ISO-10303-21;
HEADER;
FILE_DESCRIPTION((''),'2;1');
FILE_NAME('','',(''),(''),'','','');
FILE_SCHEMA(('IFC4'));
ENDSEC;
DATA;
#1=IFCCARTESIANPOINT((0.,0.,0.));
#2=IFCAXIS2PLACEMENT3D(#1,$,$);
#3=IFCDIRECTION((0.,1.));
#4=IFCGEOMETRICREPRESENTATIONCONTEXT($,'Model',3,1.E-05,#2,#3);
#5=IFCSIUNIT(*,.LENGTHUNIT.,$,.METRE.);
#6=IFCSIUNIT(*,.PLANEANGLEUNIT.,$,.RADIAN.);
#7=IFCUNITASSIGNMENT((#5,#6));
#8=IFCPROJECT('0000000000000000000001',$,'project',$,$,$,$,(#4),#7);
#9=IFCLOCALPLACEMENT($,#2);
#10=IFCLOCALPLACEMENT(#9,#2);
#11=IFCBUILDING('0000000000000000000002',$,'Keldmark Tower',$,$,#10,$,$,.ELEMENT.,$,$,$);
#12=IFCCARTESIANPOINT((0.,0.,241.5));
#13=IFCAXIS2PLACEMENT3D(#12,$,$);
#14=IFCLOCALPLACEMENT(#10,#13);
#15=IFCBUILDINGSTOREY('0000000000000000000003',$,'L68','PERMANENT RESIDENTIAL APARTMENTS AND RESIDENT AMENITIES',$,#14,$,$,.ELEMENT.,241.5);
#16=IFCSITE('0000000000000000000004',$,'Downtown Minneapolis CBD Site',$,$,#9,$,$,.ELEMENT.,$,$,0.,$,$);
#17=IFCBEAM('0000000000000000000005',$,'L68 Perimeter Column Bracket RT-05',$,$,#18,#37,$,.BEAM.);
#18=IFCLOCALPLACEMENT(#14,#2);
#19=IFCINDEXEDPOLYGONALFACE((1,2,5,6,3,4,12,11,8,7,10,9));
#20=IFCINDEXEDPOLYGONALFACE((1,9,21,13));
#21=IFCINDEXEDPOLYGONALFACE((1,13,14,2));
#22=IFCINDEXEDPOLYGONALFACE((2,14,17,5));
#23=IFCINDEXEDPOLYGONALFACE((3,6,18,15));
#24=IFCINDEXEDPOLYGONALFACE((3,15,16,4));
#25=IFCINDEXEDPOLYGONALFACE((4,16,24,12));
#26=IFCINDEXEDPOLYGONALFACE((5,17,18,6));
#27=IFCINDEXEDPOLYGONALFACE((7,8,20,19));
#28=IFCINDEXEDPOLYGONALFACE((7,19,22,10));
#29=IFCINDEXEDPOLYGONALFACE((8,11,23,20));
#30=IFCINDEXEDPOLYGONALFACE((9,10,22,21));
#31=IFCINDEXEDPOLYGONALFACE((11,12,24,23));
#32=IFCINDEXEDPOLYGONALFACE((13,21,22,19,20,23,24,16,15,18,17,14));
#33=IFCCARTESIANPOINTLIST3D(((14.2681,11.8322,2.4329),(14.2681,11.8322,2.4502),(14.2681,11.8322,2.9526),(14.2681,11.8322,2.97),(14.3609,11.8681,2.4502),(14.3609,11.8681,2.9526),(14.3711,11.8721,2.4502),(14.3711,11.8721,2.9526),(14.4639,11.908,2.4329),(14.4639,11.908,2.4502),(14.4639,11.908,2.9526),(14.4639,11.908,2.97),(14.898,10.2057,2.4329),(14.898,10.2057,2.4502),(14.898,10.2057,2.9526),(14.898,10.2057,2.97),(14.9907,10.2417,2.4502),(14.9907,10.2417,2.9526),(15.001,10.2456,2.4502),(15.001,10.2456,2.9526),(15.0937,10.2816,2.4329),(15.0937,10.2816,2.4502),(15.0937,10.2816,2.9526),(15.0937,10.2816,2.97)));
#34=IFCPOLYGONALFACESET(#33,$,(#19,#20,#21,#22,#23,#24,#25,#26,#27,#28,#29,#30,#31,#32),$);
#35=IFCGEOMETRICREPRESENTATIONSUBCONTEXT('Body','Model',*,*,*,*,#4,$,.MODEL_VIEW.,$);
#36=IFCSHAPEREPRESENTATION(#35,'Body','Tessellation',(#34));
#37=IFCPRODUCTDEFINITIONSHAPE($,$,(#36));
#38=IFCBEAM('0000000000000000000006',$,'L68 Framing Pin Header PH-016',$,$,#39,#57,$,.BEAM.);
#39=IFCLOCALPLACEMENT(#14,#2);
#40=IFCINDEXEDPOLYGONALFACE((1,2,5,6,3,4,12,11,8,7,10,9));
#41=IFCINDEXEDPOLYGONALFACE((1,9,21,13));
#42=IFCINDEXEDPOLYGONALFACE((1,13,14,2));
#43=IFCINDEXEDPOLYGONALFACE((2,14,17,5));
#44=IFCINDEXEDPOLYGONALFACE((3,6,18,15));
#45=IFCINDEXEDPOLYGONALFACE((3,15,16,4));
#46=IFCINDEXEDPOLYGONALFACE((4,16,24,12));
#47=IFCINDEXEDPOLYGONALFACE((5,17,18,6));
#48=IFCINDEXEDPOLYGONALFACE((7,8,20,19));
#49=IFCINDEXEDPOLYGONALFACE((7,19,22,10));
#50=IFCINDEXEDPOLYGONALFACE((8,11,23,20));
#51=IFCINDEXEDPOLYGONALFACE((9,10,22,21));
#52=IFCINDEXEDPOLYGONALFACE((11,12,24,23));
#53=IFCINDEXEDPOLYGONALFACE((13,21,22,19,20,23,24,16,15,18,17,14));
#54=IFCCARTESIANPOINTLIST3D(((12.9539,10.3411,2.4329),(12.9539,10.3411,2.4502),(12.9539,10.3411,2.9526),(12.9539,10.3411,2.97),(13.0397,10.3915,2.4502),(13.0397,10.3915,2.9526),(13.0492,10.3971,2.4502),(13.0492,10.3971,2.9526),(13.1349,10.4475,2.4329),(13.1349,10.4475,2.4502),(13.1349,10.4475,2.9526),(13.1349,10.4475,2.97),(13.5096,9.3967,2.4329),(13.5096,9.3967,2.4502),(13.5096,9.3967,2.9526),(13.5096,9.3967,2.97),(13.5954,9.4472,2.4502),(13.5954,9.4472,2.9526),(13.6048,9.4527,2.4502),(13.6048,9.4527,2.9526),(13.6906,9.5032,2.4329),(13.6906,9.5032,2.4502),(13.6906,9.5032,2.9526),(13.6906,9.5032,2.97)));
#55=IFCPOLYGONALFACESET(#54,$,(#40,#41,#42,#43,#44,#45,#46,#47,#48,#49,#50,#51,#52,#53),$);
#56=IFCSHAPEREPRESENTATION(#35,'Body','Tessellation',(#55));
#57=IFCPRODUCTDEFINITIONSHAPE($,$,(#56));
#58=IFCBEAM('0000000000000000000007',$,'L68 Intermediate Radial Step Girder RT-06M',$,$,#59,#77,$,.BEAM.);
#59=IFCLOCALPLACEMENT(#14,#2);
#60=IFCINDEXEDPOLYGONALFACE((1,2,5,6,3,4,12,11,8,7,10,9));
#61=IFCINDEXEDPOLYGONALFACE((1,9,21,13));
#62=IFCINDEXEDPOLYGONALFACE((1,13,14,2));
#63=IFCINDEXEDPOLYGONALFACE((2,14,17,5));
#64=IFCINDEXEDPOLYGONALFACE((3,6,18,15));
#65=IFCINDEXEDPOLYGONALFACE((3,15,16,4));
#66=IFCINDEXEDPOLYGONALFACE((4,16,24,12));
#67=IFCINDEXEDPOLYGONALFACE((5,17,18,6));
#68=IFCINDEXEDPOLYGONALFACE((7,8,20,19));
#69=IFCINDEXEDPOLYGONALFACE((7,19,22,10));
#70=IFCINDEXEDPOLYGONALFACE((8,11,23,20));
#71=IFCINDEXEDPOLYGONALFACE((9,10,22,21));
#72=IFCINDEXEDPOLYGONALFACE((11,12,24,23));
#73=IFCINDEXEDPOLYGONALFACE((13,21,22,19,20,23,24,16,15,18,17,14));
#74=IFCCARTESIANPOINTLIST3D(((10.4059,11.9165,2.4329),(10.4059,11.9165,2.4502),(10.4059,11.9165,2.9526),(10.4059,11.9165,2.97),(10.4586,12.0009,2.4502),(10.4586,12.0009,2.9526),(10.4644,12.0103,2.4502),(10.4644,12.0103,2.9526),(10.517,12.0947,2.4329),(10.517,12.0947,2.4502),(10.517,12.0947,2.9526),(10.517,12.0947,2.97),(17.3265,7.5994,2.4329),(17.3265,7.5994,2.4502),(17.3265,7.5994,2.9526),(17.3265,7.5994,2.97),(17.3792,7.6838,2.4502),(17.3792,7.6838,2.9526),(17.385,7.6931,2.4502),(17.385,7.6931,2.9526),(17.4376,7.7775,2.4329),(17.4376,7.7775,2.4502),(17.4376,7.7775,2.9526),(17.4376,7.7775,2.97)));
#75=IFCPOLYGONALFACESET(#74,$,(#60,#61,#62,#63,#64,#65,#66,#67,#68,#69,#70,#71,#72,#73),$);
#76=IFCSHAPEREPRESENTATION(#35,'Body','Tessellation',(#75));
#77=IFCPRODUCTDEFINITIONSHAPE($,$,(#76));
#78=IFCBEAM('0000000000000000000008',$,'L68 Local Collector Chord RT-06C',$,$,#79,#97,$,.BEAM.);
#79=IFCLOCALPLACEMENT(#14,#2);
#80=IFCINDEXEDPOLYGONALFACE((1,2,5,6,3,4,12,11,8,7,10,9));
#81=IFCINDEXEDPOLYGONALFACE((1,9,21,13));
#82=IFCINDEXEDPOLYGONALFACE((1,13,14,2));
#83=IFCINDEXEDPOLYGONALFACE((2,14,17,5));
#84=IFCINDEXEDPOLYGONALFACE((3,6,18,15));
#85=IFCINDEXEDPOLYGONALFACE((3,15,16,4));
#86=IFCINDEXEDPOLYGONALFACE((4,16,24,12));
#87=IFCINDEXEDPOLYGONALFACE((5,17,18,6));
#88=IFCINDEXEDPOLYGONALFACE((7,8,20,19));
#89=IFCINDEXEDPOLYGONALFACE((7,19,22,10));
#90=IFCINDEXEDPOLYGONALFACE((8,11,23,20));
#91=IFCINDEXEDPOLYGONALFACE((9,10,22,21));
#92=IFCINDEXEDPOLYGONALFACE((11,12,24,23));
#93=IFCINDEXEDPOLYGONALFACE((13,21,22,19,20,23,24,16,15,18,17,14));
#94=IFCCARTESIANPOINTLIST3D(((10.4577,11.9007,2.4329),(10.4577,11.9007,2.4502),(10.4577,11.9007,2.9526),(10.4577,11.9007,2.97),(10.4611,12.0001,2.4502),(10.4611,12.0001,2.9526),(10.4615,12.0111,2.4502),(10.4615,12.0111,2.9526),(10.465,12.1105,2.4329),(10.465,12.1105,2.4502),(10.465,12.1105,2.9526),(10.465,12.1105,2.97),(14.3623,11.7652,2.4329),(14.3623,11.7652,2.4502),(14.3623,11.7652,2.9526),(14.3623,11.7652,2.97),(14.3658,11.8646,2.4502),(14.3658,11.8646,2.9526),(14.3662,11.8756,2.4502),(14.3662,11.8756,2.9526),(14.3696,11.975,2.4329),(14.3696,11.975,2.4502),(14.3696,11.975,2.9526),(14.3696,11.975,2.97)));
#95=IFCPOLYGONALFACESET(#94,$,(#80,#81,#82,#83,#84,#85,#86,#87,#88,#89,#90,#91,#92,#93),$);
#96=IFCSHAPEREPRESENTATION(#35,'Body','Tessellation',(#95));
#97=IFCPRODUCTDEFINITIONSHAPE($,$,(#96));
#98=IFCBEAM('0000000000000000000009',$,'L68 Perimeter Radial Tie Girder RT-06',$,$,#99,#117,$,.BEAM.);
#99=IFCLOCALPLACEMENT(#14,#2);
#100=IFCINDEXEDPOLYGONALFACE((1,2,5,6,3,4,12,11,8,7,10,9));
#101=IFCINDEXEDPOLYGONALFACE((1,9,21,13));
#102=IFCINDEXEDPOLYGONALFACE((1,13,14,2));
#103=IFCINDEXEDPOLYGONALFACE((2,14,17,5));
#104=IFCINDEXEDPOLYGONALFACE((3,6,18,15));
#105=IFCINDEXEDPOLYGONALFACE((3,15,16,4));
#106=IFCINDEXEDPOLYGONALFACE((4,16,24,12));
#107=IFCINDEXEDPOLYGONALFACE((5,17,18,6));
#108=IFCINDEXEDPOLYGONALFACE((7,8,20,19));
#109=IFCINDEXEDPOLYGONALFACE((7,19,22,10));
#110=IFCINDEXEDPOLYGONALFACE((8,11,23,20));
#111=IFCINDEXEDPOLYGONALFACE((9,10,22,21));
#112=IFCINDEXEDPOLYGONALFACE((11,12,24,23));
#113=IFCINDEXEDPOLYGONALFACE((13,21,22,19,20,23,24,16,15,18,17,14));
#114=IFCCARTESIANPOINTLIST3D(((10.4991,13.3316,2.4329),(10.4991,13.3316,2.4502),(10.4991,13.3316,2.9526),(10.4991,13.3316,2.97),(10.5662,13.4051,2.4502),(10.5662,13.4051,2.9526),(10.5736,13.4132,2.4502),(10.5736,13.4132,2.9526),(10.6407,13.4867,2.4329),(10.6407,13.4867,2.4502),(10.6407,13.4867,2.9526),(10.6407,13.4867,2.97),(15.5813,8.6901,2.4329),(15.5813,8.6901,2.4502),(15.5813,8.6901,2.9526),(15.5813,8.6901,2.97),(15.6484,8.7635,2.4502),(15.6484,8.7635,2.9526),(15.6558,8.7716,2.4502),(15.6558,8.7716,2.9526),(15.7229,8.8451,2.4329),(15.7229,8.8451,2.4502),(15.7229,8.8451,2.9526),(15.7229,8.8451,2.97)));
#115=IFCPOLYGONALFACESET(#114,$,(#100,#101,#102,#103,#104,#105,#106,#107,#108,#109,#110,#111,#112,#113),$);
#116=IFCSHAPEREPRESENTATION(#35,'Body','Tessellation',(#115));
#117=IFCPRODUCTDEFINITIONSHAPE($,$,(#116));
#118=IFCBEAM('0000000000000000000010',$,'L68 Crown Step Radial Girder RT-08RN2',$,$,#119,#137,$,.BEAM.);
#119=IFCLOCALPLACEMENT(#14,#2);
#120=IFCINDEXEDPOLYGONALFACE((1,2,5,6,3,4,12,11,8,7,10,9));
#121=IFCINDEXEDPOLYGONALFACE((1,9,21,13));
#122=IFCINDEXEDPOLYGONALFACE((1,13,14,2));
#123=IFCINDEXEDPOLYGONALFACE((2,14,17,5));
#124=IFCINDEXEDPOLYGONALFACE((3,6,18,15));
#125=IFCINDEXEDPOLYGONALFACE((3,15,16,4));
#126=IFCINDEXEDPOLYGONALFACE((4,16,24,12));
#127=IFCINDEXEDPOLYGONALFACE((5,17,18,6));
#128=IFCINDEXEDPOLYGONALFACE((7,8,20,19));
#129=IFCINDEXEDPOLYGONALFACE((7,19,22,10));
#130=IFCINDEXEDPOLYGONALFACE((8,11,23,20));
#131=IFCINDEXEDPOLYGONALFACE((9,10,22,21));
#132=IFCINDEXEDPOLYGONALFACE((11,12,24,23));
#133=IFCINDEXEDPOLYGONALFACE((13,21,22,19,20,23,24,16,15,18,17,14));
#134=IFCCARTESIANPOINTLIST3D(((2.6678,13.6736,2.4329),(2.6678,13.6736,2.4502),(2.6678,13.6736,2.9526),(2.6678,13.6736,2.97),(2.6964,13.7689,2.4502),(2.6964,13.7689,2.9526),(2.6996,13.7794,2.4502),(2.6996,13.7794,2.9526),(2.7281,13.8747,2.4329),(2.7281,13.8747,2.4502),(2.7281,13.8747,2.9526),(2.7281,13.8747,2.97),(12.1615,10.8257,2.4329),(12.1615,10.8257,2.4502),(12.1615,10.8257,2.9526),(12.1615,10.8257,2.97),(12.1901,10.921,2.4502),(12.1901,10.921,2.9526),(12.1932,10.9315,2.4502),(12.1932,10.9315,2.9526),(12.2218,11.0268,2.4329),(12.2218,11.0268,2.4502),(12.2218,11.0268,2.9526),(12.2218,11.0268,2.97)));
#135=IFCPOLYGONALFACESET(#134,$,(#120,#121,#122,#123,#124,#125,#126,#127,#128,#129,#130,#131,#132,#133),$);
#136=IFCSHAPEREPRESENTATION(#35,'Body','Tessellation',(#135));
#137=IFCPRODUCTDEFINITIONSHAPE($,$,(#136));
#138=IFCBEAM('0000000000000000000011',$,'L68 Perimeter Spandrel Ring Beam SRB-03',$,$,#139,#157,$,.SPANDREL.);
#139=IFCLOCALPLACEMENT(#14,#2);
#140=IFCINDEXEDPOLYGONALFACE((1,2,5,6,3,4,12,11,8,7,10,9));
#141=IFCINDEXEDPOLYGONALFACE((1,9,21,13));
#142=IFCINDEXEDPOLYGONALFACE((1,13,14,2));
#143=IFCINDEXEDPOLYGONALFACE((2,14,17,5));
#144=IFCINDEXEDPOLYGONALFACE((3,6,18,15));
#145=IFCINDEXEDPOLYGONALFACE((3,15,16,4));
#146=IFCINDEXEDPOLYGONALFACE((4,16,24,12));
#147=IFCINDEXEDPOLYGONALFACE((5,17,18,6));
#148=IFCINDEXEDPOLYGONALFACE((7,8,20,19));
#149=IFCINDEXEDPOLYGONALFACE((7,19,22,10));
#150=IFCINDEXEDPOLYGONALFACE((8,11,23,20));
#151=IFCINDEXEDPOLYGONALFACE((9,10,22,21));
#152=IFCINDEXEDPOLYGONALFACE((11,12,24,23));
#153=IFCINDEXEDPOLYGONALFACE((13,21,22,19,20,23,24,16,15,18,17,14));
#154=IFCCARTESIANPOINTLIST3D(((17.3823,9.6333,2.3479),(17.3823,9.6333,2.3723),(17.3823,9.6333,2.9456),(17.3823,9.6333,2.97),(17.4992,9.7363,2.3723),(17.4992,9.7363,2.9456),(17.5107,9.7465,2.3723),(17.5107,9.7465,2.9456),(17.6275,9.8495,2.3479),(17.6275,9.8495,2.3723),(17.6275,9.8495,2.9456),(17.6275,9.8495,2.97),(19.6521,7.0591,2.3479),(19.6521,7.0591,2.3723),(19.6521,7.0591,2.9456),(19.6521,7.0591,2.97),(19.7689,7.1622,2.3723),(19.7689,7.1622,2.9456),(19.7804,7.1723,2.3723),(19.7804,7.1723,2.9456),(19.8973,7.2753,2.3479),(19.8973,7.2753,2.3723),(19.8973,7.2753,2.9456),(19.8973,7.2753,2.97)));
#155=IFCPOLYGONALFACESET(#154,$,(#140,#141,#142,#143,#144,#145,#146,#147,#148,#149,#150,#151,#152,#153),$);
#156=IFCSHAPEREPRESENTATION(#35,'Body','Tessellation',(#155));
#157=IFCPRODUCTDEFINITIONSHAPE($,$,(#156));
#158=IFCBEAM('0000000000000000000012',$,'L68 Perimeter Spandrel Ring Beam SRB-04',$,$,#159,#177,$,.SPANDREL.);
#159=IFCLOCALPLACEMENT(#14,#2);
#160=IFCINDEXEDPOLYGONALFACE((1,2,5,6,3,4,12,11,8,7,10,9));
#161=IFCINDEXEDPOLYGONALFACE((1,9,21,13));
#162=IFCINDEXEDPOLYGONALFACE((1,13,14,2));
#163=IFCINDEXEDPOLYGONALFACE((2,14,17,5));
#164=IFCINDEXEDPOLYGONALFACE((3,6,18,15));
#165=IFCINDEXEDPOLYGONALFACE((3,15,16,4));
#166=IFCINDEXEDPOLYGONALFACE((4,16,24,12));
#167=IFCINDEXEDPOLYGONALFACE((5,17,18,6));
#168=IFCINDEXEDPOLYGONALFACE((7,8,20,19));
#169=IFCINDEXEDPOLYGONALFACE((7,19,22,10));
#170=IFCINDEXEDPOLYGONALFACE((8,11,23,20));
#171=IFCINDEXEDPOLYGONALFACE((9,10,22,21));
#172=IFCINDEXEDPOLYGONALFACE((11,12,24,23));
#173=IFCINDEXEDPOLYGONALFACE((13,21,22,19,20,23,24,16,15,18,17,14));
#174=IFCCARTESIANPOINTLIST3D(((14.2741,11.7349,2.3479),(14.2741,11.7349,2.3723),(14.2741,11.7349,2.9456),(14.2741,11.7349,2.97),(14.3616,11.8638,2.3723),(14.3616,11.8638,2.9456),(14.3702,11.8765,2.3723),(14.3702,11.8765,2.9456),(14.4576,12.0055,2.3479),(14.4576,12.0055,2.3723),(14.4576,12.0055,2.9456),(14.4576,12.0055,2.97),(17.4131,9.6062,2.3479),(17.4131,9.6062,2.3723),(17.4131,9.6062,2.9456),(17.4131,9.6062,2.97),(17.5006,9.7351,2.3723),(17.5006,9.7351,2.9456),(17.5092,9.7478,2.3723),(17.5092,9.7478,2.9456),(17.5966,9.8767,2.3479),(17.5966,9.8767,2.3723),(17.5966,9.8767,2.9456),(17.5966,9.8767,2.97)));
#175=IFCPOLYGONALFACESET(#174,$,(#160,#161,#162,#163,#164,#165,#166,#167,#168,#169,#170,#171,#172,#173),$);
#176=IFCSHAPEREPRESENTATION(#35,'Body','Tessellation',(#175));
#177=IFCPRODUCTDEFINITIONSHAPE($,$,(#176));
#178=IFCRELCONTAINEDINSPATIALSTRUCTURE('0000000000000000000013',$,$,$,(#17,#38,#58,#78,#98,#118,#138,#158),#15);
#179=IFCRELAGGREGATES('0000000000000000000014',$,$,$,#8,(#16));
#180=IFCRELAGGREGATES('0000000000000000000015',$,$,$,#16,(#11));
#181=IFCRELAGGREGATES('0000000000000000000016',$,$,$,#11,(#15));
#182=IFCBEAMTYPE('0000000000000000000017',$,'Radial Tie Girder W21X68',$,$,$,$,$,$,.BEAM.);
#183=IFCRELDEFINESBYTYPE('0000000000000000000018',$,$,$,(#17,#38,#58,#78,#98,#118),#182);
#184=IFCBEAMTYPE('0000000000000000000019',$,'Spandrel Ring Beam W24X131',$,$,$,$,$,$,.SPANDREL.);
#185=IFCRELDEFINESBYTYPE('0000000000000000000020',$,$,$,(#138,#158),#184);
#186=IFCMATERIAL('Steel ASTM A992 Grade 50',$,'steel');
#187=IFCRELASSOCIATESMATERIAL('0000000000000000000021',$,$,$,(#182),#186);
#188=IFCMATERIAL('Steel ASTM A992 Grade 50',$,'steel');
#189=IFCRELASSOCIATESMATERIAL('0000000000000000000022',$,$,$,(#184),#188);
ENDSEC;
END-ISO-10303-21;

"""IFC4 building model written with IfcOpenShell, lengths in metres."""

from ifc_helpers import new_model, si_unit, direction, frame, origin, origin_2d, place, context, subcontext, project, spatial, i_section, extrude, material, material_profile, profile_set, type_object, element, save


model = new_model("IFC4")

# Units and contexts
model_context = context("Model", 3, precision=1e-05, world=origin(), true_north=direction((0.0, 1.0)))
body_context = subcontext(model_context, "Body", "Model", "MODEL_VIEW")
ifc_project = project(units=[si_unit("LENGTHUNIT", "METRE"), si_unit("PLANEANGLEUNIT", "RADIAN")], contexts=[model_context])

# Site, building, storey
site_placement = place(None, origin())
site = spatial("IfcSite", under=ifc_project, at=site_placement, Name="Downtown Minneapolis CBD Site", CompositionType="ELEMENT", RefElevation=0.0)
building_placement = place(site_placement, origin())
building = spatial("IfcBuilding", under=site, at=building_placement, Name="Keldmark Tower", CompositionType="ELEMENT")
storey_placement = place(building_placement, frame((0.0, 0.0, 241.5)))
storey = spatial("IfcBuildingStorey", under=building, at=storey_placement, Name="L68", Description="PERMANENT RESIDENTIAL APARTMENTS AND RESIDENT AMENITIES", CompositionType="ELEMENT", Elevation=241.5)

# Beams
ifc_material_1 = material(Name="Steel ASTM A992 Grade 50", Category="steel")
ifc_material_profile_1 = material_profile(ifc_material_1, i_section(OverallWidth=0.21, OverallDepth=0.5371, WebThickness=0.011, FlangeThickness=0.0173, at=origin_2d()), Name="W21X68")
ifc_profile_set_1 = profile_set([ifc_material_profile_1], Name="Steel ASTM A992 Grade 50")
beam_type_1 = type_object("IfcBeamType", Name="Radial Tie Girder W21X68", PredefinedType="BEAM", material=ifc_profile_set_1)
beam_1_placement = place(storey_placement, frame((14.9958, 10.2437, 2.7014), z_axis=(-0.361135, 0.932513, 0.0), x_axis=(-0.932513, -0.361135, 0.0)))
element("IfcBeam", 1, at=beam_1_placement, inside=storey, type_object=beam_type_1, Name="L68 Perimeter Column Bracket RT-05", PredefinedType="BEAM", context=body_context, shape_type="SweptSolid", body=[
    extrude(i_section(OverallWidth=0.21, OverallDepth=0.5371, WebThickness=0.011, FlangeThickness=0.0173, at=origin_2d()), origin(), (0.0, 0.0, 1.0), 1.7441),
])
beam_2_placement = place(storey_placement, frame((13.6001, 9.45, 2.7014), z_axis=(-0.507137, 0.861865, 0.0), x_axis=(-0.861865, -0.507137, 0.0)))
element("IfcBeam", 2, at=beam_2_placement, inside=storey, type_object=beam_type_1, Name="L68 Framing Pin Header PH-016", PredefinedType="BEAM", context=body_context, shape_type="SweptSolid", body=[
    extrude(i_section(OverallWidth=0.21, OverallDepth=0.5371, WebThickness=0.011, FlangeThickness=0.0173, at=origin_2d()), origin(), (0.0, 0.0, 1.0), 1.0957),
])
beam_3_placement = place(storey_placement, frame((17.3821, 7.6885, 2.7014), z_axis=(-0.848454, 0.52927, 0.0), x_axis=(-0.52927, -0.848454, 0.0)))
element("IfcBeam", 3, at=beam_3_placement, inside=storey, type_object=beam_type_1, Name="L68 Intermediate Radial Step Girder RT-06M", PredefinedType="BEAM", context=body_context, shape_type="SweptSolid", body=[
    extrude(i_section(OverallWidth=0.21, OverallDepth=0.5371, WebThickness=0.011, FlangeThickness=0.0173, at=origin_2d()), origin(), (0.0, 0.0, 1.0), 8.1567),
])
beam_4_placement = place(storey_placement, frame((14.366, 11.8701, 2.7014), z_axis=(-0.999398, 0.034682, 0.0), x_axis=(-0.034682, -0.999398, 0.0)))
element("IfcBeam", 4, at=beam_4_placement, inside=storey, type_object=beam_type_1, Name="L68 Local Collector Chord RT-06C", PredefinedType="BEAM", context=body_context, shape_type="SweptSolid", body=[
    extrude(i_section(OverallWidth=0.21, OverallDepth=0.5371, WebThickness=0.011, FlangeThickness=0.0173, at=origin_2d()), origin(), (0.0, 0.0, 1.0), 3.907),
])
beam_5_placement = place(storey_placement, frame((15.6521, 8.7676, 2.7014), z_axis=(-0.738394, 0.674369, 0.0), x_axis=(-0.674369, -0.738394, 0.0)))
element("IfcBeam", 5, at=beam_5_placement, inside=storey, type_object=beam_type_1, Name="L68 Perimeter Radial Tie Girder RT-06", PredefinedType="BEAM", context=body_context, shape_type="SweptSolid", body=[
    extrude(i_section(OverallWidth=0.21, OverallDepth=0.5371, WebThickness=0.011, FlangeThickness=0.0173, at=origin_2d()), origin(), (0.0, 0.0, 1.0), 6.8828),
])
beam_6_placement = place(storey_placement, frame((12.1917, 10.9263, 2.7014), z_axis=(-0.957832, 0.28733, 0.0), x_axis=(-0.28733, -0.957832, 0.0)))
element("IfcBeam", 6, at=beam_6_placement, inside=storey, type_object=beam_type_1, Name="L68 Crown Step Radial Girder RT-08RN2", PredefinedType="BEAM", context=body_context, shape_type="SweptSolid", body=[
    extrude(i_section(OverallWidth=0.21, OverallDepth=0.5371, WebThickness=0.011, FlangeThickness=0.0173, at=origin_2d()), origin(), (0.0, 0.0, 1.0), 9.9116),
])
ifc_material_2 = material(Name="Steel ASTM A992 Grade 50", Category="steel")
ifc_material_profile_2 = material_profile(ifc_material_2, i_section(OverallWidth=0.3269, OverallDepth=0.6221, WebThickness=0.0154, FlangeThickness=0.0244, at=origin_2d()), Name="W24X131")
ifc_profile_set_2 = profile_set([ifc_material_profile_2], Name="Steel ASTM A992 Grade 50")
beam_type_2 = type_object("IfcBeamType", Name="Spandrel Ring Beam W24X131", PredefinedType="SPANDREL", material=ifc_profile_set_2)
beam_7_placement = place(storey_placement, frame((19.7747, 7.1672, 2.6589), z_axis=(-0.66136, 0.750068, 0.0), x_axis=(-0.750068, -0.66136, 0.0)))
element("IfcBeam", 7, at=beam_7_placement, inside=storey, type_object=beam_type_2, Name="L68 Perimeter Spandrel Ring Beam SRB-03", PredefinedType="SPANDREL", context=body_context, shape_type="SweptSolid", body=[
    extrude(i_section(OverallWidth=0.3269, OverallDepth=0.6221, WebThickness=0.0154, FlangeThickness=0.0244, at=origin_2d()), origin(), (0.0, 0.0, 1.0), 3.4319),
])
beam_8_placement = place(storey_placement, frame((17.5049, 9.7415, 2.6589), z_axis=(-0.827637, 0.561264, 0.0), x_axis=(-0.561264, -0.827637, 0.0)))
element("IfcBeam", 8, at=beam_8_placement, inside=storey, type_object=beam_type_2, Name="L68 Perimeter Spandrel Ring Beam SRB-04", PredefinedType="SPANDREL", context=body_context, shape_type="SweptSolid", body=[
    extrude(i_section(OverallWidth=0.3269, OverallDepth=0.6221, WebThickness=0.0154, FlangeThickness=0.0244, at=origin_2d()), origin(), (0.0, 0.0, 1.0), 3.7927),
])

save(model, "model.ifc")
